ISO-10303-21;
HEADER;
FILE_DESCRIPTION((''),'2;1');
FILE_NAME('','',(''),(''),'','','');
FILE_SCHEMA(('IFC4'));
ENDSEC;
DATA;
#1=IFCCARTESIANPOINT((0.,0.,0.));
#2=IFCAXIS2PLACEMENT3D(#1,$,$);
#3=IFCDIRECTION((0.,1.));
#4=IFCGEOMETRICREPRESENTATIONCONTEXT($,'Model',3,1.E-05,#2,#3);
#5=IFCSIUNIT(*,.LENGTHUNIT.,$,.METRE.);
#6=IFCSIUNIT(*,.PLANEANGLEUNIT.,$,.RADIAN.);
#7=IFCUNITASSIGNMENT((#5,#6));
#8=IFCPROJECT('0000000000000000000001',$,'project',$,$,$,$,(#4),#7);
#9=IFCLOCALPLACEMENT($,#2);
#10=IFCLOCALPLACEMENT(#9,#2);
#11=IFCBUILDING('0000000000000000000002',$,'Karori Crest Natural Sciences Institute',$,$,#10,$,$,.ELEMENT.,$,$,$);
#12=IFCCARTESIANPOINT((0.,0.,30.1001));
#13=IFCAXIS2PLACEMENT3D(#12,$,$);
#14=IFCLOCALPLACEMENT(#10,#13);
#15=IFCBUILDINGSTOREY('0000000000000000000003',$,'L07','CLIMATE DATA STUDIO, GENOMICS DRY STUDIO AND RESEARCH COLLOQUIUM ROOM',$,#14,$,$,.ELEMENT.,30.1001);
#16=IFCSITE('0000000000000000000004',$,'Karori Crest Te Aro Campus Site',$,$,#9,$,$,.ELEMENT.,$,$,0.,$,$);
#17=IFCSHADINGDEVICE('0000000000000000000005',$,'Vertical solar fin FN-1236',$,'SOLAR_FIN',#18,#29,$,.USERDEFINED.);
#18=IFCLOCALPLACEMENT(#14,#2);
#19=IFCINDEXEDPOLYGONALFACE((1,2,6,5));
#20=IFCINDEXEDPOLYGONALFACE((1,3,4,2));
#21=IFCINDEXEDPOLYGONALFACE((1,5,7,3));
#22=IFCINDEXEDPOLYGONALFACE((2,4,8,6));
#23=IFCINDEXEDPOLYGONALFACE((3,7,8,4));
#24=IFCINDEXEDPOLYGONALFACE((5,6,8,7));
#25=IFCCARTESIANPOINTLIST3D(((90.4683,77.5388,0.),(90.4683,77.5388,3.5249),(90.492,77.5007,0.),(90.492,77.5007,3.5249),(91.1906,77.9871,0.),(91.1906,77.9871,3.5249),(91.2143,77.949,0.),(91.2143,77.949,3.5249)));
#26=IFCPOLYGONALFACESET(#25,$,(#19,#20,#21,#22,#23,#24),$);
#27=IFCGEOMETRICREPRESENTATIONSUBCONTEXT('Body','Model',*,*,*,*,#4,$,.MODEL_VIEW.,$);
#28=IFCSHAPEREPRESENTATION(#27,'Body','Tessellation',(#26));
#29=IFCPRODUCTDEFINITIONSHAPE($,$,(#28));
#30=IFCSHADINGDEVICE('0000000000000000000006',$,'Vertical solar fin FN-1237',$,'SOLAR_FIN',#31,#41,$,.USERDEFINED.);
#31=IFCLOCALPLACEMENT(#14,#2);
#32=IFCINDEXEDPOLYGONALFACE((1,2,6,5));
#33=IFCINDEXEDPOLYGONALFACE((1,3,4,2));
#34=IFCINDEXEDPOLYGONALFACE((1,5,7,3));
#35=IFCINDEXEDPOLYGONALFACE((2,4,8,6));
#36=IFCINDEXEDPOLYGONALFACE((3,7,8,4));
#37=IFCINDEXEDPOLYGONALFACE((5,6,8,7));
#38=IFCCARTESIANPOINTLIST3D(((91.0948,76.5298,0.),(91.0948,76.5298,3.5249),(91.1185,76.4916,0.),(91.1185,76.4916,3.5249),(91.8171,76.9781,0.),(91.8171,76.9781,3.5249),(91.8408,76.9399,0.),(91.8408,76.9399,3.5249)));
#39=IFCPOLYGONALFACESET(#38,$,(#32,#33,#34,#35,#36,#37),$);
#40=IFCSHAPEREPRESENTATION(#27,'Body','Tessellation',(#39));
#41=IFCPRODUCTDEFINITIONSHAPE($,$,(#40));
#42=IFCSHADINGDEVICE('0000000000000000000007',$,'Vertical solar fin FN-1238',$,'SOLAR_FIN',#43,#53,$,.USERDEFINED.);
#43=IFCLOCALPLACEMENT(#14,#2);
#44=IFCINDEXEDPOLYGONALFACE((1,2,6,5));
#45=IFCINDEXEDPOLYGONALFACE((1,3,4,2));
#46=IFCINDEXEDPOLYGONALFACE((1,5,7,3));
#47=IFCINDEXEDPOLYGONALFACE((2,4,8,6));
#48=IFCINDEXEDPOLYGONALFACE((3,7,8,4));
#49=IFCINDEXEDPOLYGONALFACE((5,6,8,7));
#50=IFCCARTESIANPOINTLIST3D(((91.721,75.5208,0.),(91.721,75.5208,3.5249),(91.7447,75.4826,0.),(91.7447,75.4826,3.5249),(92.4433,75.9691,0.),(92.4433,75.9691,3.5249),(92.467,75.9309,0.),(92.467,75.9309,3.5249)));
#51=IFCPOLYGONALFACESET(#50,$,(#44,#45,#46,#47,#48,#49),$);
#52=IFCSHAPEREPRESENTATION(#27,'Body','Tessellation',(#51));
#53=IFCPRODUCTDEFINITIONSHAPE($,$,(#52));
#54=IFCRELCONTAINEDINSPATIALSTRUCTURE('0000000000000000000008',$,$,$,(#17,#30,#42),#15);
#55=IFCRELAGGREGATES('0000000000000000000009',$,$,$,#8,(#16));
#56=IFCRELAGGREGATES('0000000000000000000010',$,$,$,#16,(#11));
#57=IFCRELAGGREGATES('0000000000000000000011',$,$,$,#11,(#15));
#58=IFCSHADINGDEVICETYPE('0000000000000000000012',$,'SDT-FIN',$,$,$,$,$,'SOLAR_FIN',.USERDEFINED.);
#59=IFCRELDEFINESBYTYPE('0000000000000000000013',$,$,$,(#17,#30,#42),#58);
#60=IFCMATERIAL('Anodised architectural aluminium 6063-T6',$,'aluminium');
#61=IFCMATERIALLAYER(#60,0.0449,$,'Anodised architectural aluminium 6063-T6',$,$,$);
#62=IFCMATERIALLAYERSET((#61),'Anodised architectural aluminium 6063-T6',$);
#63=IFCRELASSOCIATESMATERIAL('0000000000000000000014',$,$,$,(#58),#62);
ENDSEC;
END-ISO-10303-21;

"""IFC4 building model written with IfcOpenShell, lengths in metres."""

from ifc_helpers import new_model, si_unit, direction, frame, origin, origin_2d, place, context, subcontext, project, spatial, rectangle, extrude, material, layer, layer_set, type_object, element, save


model = new_model("IFC4")

# Units and contexts
model_context = context("Model", 3, precision=1e-05, world=origin(), true_north=direction((0.0, 1.0)))
body_context = subcontext(model_context, "Body", "Model", "MODEL_VIEW")
ifc_project = project(units=[si_unit("LENGTHUNIT", "METRE"), si_unit("PLANEANGLEUNIT", "RADIAN")], contexts=[model_context])

# Site, building, storey
site_placement = place(None, origin())
site = spatial("IfcSite", under=ifc_project, at=site_placement, Name="Karori Crest Te Aro Campus Site", CompositionType="ELEMENT", RefElevation=0.0)
building_placement = place(site_placement, origin())
building = spatial("IfcBuilding", under=site, at=building_placement, Name="Karori Crest Natural Sciences Institute", CompositionType="ELEMENT")
storey_placement = place(building_placement, frame((0.0, 0.0, 30.1001)))
storey = spatial("IfcBuildingStorey", under=building, at=storey_placement, Name="L07", Description="CLIMATE DATA STUDIO, GENOMICS DRY STUDIO AND RESEARCH COLLOQUIUM ROOM", CompositionType="ELEMENT", Elevation=30.1001)

# Shared definitions
ifc_material_1 = material(Name="Anodised architectural aluminium 6063-T6", Category="aluminium")

# Shading devices
ifc_layer_1 = layer(ifc_material_1, 0.0449, Name="Anodised architectural aluminium 6063-T6")
ifc_layer_set_1 = layer_set([ifc_layer_1], Name="Anodised architectural aluminium 6063-T6")
shading_device_type = type_object("IfcShadingDeviceType", Name="SDT-FIN", ElementType="SOLAR_FIN", PredefinedType="USERDEFINED", material=ifc_layer_set_1)
for number, where, z_axis, x_axis, name in (
    (1, (90.8413, 77.7439, 0.0), (0.0, 0.0, 1.0), (0.849662, 0.527328, 0.0), "Vertical solar fin FN-1236"),
    (2, (91.4678, 76.7349, 0.0), (0.0, 0.0, 1.0), (0.849662, 0.527328, 0.0), "Vertical solar fin FN-1237"),
    (3, (92.094, 75.7258, 0.0), (0.0, 0.0, 1.0), (0.849662, 0.527328, 0.0), "Vertical solar fin FN-1238"),
):
    element("IfcShadingDevice", number, at=place(storey_placement, frame(where, z_axis=z_axis, x_axis=x_axis)), inside=storey, type_object=shading_device_type, Name=name, ObjectType="SOLAR_FIN", PredefinedType="USERDEFINED", context=body_context, shape_type="SweptSolid", body=[
        extrude(rectangle(XDim=0.8501, YDim=0.0449, at=origin_2d()), origin(), (0.0, 0.0, 1.0), 3.5249),
    ])

save(model, "model.ifc")
